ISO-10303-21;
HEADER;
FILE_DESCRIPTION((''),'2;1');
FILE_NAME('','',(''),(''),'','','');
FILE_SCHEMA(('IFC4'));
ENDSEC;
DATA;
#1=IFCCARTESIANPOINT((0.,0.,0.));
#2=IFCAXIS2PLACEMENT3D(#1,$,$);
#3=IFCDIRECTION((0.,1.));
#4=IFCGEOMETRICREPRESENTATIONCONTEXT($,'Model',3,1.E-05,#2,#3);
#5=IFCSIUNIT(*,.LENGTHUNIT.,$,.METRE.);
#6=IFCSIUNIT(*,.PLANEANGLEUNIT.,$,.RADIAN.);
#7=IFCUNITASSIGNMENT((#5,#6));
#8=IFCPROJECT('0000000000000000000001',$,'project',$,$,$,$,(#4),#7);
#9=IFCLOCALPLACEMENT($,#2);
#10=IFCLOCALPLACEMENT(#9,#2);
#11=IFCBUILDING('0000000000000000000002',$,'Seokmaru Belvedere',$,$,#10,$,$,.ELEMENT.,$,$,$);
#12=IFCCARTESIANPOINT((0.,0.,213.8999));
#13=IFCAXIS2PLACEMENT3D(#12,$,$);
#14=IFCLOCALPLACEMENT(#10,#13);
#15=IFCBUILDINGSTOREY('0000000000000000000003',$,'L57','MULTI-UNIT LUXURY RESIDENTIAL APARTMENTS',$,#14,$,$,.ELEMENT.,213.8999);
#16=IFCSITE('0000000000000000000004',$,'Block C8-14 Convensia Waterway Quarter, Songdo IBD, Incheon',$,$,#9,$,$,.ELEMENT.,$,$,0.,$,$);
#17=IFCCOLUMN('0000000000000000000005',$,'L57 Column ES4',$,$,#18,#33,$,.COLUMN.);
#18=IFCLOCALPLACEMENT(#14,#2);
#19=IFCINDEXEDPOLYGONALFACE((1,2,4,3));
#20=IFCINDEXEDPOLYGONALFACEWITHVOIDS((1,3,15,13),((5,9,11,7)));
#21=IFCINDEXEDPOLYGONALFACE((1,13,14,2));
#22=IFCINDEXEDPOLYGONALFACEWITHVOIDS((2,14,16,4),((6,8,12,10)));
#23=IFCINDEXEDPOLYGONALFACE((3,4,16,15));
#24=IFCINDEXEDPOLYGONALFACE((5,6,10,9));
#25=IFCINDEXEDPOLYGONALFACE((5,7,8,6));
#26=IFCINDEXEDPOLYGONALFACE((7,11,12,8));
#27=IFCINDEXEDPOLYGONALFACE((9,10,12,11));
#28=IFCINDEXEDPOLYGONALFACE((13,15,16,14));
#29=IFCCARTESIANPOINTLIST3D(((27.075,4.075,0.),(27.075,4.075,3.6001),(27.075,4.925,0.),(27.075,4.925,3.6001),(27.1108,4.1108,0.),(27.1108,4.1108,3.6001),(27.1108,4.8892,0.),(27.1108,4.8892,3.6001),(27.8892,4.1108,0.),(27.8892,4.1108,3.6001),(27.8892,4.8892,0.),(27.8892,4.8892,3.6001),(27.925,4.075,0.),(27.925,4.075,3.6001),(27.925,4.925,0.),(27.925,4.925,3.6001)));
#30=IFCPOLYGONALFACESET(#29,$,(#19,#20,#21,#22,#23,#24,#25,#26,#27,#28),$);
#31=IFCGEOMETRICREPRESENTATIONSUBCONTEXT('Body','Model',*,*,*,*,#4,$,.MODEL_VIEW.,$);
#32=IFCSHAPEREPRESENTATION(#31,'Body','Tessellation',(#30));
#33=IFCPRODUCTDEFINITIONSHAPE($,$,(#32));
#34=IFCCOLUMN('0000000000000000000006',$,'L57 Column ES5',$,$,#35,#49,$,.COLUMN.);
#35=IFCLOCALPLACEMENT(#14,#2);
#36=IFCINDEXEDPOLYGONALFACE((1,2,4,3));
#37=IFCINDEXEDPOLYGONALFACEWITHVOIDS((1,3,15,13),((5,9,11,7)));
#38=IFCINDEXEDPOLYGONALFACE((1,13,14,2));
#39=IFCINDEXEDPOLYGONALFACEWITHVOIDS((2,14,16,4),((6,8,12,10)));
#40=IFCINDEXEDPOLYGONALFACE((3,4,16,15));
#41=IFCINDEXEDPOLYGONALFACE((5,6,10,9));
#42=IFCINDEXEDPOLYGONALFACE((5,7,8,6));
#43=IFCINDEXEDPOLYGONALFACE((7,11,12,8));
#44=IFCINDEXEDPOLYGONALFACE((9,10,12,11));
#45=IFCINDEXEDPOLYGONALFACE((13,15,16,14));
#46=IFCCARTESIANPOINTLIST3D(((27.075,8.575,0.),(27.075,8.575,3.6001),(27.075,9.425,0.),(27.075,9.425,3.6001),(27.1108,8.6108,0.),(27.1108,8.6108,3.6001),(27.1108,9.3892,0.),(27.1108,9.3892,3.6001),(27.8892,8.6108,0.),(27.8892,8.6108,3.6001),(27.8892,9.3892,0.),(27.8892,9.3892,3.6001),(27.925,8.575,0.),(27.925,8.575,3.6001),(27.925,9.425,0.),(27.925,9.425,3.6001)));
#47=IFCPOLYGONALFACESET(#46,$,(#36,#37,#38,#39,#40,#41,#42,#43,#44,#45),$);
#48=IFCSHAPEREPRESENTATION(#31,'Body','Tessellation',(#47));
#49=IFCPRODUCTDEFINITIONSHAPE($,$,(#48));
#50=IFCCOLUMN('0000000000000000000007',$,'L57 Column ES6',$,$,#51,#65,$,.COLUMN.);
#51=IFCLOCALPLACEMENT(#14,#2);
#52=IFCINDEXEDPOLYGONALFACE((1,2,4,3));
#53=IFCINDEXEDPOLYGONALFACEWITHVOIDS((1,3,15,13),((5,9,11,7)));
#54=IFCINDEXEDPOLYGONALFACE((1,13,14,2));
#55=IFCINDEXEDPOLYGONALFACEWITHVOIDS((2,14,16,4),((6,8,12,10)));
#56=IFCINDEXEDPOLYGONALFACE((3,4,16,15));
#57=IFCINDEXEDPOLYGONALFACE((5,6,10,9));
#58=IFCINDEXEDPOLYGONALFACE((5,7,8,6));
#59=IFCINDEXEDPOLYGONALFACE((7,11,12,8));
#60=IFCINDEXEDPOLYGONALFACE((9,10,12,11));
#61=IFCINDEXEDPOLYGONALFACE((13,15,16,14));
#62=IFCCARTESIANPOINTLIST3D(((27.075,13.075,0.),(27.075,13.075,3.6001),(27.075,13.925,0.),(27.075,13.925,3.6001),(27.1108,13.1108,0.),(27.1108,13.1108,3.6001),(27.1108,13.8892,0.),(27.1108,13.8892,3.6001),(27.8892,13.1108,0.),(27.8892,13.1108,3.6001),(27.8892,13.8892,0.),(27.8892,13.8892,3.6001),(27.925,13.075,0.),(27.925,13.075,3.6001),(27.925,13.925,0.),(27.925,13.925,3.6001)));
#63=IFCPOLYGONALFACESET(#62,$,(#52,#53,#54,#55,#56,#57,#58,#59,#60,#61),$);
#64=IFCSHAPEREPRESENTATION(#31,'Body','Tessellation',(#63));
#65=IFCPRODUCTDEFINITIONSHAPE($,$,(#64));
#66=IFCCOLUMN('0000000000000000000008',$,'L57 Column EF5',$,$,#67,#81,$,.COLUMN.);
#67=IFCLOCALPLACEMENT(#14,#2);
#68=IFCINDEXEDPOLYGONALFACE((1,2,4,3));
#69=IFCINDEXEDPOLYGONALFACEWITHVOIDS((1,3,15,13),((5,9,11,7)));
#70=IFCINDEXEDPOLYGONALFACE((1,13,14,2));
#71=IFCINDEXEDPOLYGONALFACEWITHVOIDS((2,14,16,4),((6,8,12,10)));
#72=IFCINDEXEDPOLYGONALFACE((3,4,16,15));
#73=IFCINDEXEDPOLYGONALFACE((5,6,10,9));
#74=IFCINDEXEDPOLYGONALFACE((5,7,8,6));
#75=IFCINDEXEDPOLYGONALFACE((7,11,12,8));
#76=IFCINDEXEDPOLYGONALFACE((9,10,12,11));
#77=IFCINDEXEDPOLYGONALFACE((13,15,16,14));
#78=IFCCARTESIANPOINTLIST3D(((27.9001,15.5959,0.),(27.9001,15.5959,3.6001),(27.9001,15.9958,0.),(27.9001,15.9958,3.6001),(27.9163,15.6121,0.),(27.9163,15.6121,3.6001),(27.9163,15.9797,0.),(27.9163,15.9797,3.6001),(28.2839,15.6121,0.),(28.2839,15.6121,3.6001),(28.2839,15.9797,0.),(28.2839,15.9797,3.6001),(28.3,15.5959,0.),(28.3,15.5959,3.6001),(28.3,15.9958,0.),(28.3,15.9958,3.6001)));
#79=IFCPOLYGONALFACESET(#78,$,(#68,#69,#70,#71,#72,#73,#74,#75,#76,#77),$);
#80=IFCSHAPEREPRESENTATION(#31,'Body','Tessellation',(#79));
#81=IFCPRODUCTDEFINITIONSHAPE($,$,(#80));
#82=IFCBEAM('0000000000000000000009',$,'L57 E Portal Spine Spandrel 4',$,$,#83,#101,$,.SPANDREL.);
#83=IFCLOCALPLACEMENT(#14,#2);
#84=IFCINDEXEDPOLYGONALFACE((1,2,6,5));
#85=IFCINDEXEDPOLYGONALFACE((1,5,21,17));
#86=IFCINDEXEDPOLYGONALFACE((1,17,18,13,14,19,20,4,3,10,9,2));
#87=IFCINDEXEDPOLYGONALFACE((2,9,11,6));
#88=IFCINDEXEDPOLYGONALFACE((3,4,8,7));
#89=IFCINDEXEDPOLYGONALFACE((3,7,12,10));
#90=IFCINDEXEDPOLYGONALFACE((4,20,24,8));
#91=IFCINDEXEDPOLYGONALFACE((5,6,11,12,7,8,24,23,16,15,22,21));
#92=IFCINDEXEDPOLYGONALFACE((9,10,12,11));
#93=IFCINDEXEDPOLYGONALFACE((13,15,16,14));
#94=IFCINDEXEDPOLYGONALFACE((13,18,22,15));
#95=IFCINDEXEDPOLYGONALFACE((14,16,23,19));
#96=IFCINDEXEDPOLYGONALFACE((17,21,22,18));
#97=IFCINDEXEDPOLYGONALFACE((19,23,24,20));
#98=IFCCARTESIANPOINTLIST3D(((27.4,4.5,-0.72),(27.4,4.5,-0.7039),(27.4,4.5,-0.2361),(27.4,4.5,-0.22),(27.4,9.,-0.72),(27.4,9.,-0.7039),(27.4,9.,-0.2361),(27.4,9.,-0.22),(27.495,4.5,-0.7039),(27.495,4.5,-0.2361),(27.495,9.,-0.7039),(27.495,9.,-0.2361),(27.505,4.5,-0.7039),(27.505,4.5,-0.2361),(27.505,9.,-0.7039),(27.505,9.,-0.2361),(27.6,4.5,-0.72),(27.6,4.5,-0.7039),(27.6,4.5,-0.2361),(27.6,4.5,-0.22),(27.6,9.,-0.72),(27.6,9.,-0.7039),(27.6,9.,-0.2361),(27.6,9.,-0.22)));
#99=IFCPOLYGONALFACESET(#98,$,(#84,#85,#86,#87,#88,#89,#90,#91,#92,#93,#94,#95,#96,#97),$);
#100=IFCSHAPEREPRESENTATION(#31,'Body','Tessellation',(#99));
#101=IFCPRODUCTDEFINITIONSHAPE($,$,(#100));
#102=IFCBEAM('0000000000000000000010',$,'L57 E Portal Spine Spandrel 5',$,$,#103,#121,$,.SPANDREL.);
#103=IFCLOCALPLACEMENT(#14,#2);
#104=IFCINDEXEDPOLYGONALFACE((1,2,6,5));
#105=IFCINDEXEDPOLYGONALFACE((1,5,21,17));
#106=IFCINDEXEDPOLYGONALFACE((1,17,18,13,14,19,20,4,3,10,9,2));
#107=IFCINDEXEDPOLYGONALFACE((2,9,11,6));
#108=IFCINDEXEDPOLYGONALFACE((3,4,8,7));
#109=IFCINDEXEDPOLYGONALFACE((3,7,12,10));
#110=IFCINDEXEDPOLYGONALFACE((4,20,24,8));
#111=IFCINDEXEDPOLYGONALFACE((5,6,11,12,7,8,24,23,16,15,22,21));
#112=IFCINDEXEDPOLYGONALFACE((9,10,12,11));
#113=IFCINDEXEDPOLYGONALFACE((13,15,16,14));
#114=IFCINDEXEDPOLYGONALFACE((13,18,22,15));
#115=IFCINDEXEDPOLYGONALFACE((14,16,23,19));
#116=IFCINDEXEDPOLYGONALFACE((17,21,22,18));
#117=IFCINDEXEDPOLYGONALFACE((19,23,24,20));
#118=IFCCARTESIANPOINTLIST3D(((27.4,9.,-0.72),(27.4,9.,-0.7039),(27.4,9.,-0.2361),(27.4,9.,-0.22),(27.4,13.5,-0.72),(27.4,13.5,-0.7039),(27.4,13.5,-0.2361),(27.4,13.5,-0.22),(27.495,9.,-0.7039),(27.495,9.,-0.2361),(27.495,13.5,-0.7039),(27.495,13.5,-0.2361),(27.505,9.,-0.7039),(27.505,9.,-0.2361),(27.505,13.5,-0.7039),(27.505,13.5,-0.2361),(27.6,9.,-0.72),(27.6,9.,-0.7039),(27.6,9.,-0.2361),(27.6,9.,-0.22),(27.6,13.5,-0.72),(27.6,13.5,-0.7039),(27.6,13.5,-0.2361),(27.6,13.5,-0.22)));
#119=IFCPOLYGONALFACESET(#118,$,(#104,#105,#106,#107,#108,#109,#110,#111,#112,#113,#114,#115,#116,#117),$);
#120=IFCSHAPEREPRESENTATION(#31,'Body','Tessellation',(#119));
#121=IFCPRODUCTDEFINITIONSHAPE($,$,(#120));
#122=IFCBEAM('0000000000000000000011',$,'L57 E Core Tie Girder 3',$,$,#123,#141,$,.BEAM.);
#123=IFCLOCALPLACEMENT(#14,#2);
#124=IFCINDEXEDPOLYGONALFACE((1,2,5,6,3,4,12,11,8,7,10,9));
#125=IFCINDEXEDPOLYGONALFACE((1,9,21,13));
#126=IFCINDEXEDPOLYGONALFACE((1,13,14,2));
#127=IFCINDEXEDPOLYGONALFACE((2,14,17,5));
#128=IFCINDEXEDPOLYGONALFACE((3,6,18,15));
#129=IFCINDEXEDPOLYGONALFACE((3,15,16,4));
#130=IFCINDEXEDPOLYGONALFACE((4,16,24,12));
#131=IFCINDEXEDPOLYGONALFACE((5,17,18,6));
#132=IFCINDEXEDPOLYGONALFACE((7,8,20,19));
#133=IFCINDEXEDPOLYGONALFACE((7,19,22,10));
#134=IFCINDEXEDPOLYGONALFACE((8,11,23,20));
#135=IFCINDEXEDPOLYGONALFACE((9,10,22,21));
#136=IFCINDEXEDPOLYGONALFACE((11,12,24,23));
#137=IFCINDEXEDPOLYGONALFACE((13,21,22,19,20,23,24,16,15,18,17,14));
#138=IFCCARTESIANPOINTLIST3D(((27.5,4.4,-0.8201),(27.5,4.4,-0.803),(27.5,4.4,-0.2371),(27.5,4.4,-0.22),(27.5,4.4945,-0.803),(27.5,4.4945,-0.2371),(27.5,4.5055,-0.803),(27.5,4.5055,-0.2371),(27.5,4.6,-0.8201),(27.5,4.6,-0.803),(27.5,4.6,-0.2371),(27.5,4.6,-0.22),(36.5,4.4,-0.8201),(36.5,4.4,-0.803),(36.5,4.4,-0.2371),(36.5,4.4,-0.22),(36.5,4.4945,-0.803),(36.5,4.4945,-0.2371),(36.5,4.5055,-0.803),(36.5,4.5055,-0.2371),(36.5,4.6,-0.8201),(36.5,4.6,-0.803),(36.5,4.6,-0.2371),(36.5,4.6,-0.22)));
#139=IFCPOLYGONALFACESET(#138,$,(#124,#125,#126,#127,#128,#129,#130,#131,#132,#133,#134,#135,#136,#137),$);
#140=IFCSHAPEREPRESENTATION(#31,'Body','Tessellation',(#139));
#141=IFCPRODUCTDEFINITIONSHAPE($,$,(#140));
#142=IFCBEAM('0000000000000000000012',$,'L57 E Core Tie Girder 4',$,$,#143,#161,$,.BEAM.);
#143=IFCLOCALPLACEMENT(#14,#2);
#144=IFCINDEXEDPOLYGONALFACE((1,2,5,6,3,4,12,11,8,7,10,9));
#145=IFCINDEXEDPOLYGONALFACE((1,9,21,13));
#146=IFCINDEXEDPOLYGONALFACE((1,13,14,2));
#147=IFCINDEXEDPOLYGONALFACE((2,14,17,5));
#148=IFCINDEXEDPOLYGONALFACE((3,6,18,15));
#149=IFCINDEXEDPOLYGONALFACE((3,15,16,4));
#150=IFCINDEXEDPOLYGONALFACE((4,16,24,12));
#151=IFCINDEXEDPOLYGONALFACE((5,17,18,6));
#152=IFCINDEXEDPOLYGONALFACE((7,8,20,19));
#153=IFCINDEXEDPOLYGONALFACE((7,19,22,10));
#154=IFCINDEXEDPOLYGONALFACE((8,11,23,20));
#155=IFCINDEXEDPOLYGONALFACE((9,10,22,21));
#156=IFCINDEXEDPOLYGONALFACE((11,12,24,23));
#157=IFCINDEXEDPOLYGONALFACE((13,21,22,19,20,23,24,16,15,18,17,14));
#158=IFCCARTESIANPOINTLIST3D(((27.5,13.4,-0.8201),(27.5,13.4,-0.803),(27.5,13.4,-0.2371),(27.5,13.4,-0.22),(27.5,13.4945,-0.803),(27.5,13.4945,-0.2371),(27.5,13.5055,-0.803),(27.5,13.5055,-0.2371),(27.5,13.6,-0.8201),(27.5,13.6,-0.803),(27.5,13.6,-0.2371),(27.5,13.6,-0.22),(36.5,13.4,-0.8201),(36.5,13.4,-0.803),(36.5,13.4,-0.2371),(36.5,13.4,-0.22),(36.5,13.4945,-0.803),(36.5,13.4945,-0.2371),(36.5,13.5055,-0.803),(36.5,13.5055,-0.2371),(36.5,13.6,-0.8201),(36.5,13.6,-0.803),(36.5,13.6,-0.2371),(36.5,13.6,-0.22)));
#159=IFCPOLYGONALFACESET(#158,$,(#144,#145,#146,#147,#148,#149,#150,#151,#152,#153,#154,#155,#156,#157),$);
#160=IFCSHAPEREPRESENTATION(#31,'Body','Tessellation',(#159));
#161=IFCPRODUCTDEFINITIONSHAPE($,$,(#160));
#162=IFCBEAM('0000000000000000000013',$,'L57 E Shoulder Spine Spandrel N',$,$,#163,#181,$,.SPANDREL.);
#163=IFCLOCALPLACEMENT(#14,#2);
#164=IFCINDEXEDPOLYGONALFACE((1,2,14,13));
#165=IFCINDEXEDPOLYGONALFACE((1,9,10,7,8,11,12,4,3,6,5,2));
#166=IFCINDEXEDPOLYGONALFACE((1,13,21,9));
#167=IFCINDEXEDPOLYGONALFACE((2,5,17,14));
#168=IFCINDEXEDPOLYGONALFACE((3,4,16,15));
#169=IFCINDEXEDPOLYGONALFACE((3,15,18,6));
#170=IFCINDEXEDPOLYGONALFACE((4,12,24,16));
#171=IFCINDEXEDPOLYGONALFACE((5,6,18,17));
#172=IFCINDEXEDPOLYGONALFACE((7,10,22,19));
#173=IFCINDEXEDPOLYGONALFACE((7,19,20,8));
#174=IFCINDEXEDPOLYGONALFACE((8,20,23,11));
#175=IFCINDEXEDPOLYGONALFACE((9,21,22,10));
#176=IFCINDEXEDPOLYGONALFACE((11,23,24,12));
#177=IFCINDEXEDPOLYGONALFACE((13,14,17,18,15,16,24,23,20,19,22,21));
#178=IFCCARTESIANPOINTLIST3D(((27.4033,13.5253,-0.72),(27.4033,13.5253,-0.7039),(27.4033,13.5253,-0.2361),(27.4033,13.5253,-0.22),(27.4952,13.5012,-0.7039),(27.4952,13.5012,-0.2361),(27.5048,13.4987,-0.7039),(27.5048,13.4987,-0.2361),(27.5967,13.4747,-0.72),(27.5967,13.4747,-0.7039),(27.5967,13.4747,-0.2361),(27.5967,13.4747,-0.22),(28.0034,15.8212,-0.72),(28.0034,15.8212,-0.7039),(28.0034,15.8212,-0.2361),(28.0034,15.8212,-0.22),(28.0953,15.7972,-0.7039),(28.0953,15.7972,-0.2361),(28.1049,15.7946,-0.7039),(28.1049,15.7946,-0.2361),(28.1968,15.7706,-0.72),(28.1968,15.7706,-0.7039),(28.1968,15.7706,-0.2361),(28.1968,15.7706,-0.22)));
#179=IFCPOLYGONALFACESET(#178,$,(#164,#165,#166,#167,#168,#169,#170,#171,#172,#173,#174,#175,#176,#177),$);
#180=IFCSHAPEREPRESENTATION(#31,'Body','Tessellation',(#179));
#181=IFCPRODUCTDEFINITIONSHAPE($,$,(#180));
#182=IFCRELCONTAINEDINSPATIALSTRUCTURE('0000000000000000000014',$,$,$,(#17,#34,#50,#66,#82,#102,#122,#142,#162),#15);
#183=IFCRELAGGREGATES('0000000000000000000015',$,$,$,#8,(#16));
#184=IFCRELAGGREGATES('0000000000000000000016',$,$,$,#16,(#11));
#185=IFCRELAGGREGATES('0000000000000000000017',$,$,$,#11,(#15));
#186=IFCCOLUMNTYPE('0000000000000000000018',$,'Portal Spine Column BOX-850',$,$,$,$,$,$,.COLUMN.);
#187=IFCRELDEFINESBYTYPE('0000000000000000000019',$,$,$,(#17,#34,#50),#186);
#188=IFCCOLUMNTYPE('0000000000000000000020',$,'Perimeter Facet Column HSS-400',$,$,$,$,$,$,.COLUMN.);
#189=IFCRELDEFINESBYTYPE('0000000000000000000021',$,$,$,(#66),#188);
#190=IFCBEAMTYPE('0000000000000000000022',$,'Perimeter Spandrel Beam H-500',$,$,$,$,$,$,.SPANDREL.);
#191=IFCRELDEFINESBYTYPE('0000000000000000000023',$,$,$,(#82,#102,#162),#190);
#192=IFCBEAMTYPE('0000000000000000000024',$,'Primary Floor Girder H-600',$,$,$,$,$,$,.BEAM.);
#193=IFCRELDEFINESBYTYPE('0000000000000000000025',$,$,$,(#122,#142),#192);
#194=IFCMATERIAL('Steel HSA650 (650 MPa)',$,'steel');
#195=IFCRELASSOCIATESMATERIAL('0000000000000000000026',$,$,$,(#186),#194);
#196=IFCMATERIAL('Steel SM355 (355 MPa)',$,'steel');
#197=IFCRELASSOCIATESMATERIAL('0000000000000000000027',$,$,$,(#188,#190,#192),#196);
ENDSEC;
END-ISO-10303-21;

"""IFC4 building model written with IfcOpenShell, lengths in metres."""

from ifc_helpers import new_model, si_unit, direction, frame, origin, origin_2d, place, context, subcontext, project, spatial, hollow_rectangle, i_section, extrude, source, transform, mapped, material, material_profile, profile_set, type_object, type_shapes, element, save


model = new_model("IFC4")

# Units and contexts
model_context = context("Model", 3, precision=1e-05, world=origin(), true_north=direction((0.0, 1.0)))
body_context = subcontext(model_context, "Body", "Model", "MODEL_VIEW")
ifc_project = project(units=[si_unit("LENGTHUNIT", "METRE"), si_unit("PLANEANGLEUNIT", "RADIAN")], contexts=[model_context])

# Site, building, storey
site_placement = place(None, origin())
site = spatial("IfcSite", under=ifc_project, at=site_placement, Name="Block C8-14 Convensia Waterway Quarter, Songdo IBD, Incheon", CompositionType="ELEMENT", RefElevation=0.0)
building_placement = place(site_placement, origin())
building = spatial("IfcBuilding", under=site, at=building_placement, Name="Seokmaru Belvedere", CompositionType="ELEMENT")
storey_placement = place(building_placement, frame((0.0, 0.0, 213.8999)))
storey = spatial("IfcBuildingStorey", under=building, at=storey_placement, Name="L57", Description="MULTI-UNIT LUXURY RESIDENTIAL APARTMENTS", CompositionType="ELEMENT", Elevation=213.8999)

# Columns
ifc_material_1 = material(Name="Steel HSA650 (650 MPa)", Category="steel")
ifc_material_profile_1 = material_profile(ifc_material_1, hollow_rectangle(XDim=0.8501, YDim=0.8501, WallThickness=0.0359, at=origin_2d()), Name="BOX-850x850x36")
ifc_profile_set_1 = profile_set([ifc_material_profile_1], Name="Steel HSA650 (650 MPa)")
column_type_1 = type_object("IfcColumnType", Name="Portal Spine Column BOX-850", PredefinedType="COLUMN", material=ifc_profile_set_1)
shared_shape_1 = source(origin(), body_context, "Body", "SweptSolid", [
    extrude(hollow_rectangle(XDim=0.8501, YDim=0.8501, WallThickness=0.0359, at=origin_2d()), origin(), (0.0, 0.0, 1.0), 3.6001),
])
type_shapes(column_type_1, [shared_shape_1])
for number, where, z_axis, x_axis, name in (
    (1, (27.5, 4.5, 0.0), (0.0, 0.0, 1.0), (1.0, 0.0, 0.0), "L57 Column ES4"),
    (2, (27.5, 9.0, 0.0), (0.0, 0.0, 1.0), (1.0, 0.0, 0.0), "L57 Column ES5"),
    (3, (27.5, 13.5, 0.0), (0.0, 0.0, 1.0), (1.0, 0.0, 0.0), "L57 Column ES6"),
):
    element("IfcColumn", number, at=place(storey_placement, frame(where, z_axis=z_axis, x_axis=x_axis)), inside=storey, type_object=column_type_1, Name=name, PredefinedType="COLUMN", context=body_context, shape_type="MappedRepresentation", body=[
        mapped(shared_shape_1, transform((0.0, 0.0, 0.0), scale=1.0)),
    ])
ifc_material_2 = material(Name="Steel SM355 (355 MPa)", Category="steel")
ifc_material_profile_2 = material_profile(ifc_material_2, hollow_rectangle(XDim=0.3999, YDim=0.3999, WallThickness=0.0161, at=origin_2d()), Name="HSS-400x400x16")
ifc_profile_set_2 = profile_set([ifc_material_profile_2], Name="Steel SM355 (355 MPa)")
column_type_2 = type_object("IfcColumnType", Name="Perimeter Facet Column HSS-400", PredefinedType="COLUMN", material=ifc_profile_set_2)
shared_shape_2 = source(origin(), body_context, "Body", "SweptSolid", [
    extrude(hollow_rectangle(XDim=0.3999, YDim=0.3999, WallThickness=0.0161, at=origin_2d()), origin(), (0.0, 0.0, 1.0), 3.6001),
])
type_shapes(column_type_2, [shared_shape_2])
column_placement = place(storey_placement, frame((28.1001, 15.7959, 0.0), z_axis=(0.0, 0.0, 1.0), x_axis=(1.0, 0.0, 0.0)))
element("IfcColumn", 4, at=column_placement, inside=storey, type_object=column_type_2, Name="L57 Column EF5", PredefinedType="COLUMN", context=body_context, shape_type="MappedRepresentation", body=[
    mapped(shared_shape_2, transform((0.0, 0.0, 0.0), scale=1.0)),
])

# Beams
ifc_material_profile_3 = material_profile(ifc_material_2, i_section(OverallWidth=0.2, OverallDepth=0.5, WebThickness=0.01, FlangeThickness=0.0161, at=origin_2d()), Name="H-500x200x10x16")
ifc_profile_set_3 = profile_set([ifc_material_profile_3], Name="Steel SM355 (355 MPa)")
beam_type_1 = type_object("IfcBeamType", Name="Perimeter Spandrel Beam H-500", PredefinedType="SPANDREL", material=ifc_profile_set_3)
shared_shape_3 = source(origin(), body_context, "Body", "SweptSolid", [
    extrude(i_section(OverallWidth=0.2, OverallDepth=0.5, WebThickness=0.01, FlangeThickness=0.0161, at=origin_2d()), origin(), (0.0, 0.0, 1.0), 4.5),
])
for number, where, z_axis, x_axis, name in (
    (5, (27.5, 4.5, -0.47), (0.0, 1.0, 0.0), (-1.0, 0.0, 0.0), "L57 E Portal Spine Spandrel 4"),
    (6, (27.5, 9.0, -0.47), (0.0, 1.0, 0.0), (-1.0, 0.0, 0.0), "L57 E Portal Spine Spandrel 5"),
):
    element("IfcBeam", number, at=place(storey_placement, frame(where, z_axis=z_axis, x_axis=x_axis)), inside=storey, type_object=beam_type_1, Name=name, PredefinedType="SPANDREL", context=body_context, shape_type="MappedRepresentation", body=[
        mapped(shared_shape_3, transform((0.0, 0.0, 0.0), scale=1.0)),
    ])
ifc_material_profile_4 = material_profile(ifc_material_2, i_section(OverallWidth=0.2, OverallDepth=0.6001, WebThickness=0.011, FlangeThickness=0.0171, at=origin_2d()), Name="H-600x200x11x17")
ifc_profile_set_4 = profile_set([ifc_material_profile_4], Name="Steel SM355 (355 MPa)")
beam_type_2 = type_object("IfcBeamType", Name="Primary Floor Girder H-600", PredefinedType="BEAM", material=ifc_profile_set_4)
shared_shape_4 = source(origin(), body_context, "Body", "SweptSolid", [
    extrude(i_section(OverallWidth=0.2, OverallDepth=0.6001, WebThickness=0.011, FlangeThickness=0.0171, at=origin_2d()), origin(), (0.0, 0.0, 1.0), 9.0),
])
type_shapes(beam_type_2, [shared_shape_4])
for number, where, z_axis, x_axis, name in (
    (7, (27.5, 4.5, -0.52), (1.0, 0.0, 0.0), (0.0, 1.0, 0.0), "L57 E Core Tie Girder 3"),
    (8, (27.5, 13.5, -0.52), (1.0, 0.0, 0.0), (0.0, 1.0, 0.0), "L57 E Core Tie Girder 4"),
):
    element("IfcBeam", number, at=place(storey_placement, frame(where, z_axis=z_axis, x_axis=x_axis)), inside=storey, type_object=beam_type_2, Name=name, PredefinedType="BEAM", context=body_context, shape_type="MappedRepresentation", body=[
        mapped(shared_shape_4, transform((0.0, 0.0, 0.0), scale=1.0)),
    ])
shared_shape_5 = source(origin(), body_context, "Body", "SweptSolid", [
    extrude(i_section(OverallWidth=0.2, OverallDepth=0.5, WebThickness=0.01, FlangeThickness=0.0161, at=origin_2d()), origin(), (0.0, 0.0, 1.0), 2.373),
])
type_shapes(beam_type_1, [shared_shape_3, shared_shape_5])
beam_placement = place(storey_placement, frame((28.1001, 15.7959, -0.47), z_axis=(-0.252883, -0.967497, 0.0), x_axis=(0.967497, -0.252883, 0.0)))
element("IfcBeam", 9, at=beam_placement, inside=storey, type_object=beam_type_1, Name="L57 E Shoulder Spine Spandrel N", PredefinedType="SPANDREL", context=body_context, shape_type="MappedRepresentation", body=[
    mapped(shared_shape_5, transform((0.0, 0.0, 0.0), scale=1.0)),
])

save(model, "model.ifc")
